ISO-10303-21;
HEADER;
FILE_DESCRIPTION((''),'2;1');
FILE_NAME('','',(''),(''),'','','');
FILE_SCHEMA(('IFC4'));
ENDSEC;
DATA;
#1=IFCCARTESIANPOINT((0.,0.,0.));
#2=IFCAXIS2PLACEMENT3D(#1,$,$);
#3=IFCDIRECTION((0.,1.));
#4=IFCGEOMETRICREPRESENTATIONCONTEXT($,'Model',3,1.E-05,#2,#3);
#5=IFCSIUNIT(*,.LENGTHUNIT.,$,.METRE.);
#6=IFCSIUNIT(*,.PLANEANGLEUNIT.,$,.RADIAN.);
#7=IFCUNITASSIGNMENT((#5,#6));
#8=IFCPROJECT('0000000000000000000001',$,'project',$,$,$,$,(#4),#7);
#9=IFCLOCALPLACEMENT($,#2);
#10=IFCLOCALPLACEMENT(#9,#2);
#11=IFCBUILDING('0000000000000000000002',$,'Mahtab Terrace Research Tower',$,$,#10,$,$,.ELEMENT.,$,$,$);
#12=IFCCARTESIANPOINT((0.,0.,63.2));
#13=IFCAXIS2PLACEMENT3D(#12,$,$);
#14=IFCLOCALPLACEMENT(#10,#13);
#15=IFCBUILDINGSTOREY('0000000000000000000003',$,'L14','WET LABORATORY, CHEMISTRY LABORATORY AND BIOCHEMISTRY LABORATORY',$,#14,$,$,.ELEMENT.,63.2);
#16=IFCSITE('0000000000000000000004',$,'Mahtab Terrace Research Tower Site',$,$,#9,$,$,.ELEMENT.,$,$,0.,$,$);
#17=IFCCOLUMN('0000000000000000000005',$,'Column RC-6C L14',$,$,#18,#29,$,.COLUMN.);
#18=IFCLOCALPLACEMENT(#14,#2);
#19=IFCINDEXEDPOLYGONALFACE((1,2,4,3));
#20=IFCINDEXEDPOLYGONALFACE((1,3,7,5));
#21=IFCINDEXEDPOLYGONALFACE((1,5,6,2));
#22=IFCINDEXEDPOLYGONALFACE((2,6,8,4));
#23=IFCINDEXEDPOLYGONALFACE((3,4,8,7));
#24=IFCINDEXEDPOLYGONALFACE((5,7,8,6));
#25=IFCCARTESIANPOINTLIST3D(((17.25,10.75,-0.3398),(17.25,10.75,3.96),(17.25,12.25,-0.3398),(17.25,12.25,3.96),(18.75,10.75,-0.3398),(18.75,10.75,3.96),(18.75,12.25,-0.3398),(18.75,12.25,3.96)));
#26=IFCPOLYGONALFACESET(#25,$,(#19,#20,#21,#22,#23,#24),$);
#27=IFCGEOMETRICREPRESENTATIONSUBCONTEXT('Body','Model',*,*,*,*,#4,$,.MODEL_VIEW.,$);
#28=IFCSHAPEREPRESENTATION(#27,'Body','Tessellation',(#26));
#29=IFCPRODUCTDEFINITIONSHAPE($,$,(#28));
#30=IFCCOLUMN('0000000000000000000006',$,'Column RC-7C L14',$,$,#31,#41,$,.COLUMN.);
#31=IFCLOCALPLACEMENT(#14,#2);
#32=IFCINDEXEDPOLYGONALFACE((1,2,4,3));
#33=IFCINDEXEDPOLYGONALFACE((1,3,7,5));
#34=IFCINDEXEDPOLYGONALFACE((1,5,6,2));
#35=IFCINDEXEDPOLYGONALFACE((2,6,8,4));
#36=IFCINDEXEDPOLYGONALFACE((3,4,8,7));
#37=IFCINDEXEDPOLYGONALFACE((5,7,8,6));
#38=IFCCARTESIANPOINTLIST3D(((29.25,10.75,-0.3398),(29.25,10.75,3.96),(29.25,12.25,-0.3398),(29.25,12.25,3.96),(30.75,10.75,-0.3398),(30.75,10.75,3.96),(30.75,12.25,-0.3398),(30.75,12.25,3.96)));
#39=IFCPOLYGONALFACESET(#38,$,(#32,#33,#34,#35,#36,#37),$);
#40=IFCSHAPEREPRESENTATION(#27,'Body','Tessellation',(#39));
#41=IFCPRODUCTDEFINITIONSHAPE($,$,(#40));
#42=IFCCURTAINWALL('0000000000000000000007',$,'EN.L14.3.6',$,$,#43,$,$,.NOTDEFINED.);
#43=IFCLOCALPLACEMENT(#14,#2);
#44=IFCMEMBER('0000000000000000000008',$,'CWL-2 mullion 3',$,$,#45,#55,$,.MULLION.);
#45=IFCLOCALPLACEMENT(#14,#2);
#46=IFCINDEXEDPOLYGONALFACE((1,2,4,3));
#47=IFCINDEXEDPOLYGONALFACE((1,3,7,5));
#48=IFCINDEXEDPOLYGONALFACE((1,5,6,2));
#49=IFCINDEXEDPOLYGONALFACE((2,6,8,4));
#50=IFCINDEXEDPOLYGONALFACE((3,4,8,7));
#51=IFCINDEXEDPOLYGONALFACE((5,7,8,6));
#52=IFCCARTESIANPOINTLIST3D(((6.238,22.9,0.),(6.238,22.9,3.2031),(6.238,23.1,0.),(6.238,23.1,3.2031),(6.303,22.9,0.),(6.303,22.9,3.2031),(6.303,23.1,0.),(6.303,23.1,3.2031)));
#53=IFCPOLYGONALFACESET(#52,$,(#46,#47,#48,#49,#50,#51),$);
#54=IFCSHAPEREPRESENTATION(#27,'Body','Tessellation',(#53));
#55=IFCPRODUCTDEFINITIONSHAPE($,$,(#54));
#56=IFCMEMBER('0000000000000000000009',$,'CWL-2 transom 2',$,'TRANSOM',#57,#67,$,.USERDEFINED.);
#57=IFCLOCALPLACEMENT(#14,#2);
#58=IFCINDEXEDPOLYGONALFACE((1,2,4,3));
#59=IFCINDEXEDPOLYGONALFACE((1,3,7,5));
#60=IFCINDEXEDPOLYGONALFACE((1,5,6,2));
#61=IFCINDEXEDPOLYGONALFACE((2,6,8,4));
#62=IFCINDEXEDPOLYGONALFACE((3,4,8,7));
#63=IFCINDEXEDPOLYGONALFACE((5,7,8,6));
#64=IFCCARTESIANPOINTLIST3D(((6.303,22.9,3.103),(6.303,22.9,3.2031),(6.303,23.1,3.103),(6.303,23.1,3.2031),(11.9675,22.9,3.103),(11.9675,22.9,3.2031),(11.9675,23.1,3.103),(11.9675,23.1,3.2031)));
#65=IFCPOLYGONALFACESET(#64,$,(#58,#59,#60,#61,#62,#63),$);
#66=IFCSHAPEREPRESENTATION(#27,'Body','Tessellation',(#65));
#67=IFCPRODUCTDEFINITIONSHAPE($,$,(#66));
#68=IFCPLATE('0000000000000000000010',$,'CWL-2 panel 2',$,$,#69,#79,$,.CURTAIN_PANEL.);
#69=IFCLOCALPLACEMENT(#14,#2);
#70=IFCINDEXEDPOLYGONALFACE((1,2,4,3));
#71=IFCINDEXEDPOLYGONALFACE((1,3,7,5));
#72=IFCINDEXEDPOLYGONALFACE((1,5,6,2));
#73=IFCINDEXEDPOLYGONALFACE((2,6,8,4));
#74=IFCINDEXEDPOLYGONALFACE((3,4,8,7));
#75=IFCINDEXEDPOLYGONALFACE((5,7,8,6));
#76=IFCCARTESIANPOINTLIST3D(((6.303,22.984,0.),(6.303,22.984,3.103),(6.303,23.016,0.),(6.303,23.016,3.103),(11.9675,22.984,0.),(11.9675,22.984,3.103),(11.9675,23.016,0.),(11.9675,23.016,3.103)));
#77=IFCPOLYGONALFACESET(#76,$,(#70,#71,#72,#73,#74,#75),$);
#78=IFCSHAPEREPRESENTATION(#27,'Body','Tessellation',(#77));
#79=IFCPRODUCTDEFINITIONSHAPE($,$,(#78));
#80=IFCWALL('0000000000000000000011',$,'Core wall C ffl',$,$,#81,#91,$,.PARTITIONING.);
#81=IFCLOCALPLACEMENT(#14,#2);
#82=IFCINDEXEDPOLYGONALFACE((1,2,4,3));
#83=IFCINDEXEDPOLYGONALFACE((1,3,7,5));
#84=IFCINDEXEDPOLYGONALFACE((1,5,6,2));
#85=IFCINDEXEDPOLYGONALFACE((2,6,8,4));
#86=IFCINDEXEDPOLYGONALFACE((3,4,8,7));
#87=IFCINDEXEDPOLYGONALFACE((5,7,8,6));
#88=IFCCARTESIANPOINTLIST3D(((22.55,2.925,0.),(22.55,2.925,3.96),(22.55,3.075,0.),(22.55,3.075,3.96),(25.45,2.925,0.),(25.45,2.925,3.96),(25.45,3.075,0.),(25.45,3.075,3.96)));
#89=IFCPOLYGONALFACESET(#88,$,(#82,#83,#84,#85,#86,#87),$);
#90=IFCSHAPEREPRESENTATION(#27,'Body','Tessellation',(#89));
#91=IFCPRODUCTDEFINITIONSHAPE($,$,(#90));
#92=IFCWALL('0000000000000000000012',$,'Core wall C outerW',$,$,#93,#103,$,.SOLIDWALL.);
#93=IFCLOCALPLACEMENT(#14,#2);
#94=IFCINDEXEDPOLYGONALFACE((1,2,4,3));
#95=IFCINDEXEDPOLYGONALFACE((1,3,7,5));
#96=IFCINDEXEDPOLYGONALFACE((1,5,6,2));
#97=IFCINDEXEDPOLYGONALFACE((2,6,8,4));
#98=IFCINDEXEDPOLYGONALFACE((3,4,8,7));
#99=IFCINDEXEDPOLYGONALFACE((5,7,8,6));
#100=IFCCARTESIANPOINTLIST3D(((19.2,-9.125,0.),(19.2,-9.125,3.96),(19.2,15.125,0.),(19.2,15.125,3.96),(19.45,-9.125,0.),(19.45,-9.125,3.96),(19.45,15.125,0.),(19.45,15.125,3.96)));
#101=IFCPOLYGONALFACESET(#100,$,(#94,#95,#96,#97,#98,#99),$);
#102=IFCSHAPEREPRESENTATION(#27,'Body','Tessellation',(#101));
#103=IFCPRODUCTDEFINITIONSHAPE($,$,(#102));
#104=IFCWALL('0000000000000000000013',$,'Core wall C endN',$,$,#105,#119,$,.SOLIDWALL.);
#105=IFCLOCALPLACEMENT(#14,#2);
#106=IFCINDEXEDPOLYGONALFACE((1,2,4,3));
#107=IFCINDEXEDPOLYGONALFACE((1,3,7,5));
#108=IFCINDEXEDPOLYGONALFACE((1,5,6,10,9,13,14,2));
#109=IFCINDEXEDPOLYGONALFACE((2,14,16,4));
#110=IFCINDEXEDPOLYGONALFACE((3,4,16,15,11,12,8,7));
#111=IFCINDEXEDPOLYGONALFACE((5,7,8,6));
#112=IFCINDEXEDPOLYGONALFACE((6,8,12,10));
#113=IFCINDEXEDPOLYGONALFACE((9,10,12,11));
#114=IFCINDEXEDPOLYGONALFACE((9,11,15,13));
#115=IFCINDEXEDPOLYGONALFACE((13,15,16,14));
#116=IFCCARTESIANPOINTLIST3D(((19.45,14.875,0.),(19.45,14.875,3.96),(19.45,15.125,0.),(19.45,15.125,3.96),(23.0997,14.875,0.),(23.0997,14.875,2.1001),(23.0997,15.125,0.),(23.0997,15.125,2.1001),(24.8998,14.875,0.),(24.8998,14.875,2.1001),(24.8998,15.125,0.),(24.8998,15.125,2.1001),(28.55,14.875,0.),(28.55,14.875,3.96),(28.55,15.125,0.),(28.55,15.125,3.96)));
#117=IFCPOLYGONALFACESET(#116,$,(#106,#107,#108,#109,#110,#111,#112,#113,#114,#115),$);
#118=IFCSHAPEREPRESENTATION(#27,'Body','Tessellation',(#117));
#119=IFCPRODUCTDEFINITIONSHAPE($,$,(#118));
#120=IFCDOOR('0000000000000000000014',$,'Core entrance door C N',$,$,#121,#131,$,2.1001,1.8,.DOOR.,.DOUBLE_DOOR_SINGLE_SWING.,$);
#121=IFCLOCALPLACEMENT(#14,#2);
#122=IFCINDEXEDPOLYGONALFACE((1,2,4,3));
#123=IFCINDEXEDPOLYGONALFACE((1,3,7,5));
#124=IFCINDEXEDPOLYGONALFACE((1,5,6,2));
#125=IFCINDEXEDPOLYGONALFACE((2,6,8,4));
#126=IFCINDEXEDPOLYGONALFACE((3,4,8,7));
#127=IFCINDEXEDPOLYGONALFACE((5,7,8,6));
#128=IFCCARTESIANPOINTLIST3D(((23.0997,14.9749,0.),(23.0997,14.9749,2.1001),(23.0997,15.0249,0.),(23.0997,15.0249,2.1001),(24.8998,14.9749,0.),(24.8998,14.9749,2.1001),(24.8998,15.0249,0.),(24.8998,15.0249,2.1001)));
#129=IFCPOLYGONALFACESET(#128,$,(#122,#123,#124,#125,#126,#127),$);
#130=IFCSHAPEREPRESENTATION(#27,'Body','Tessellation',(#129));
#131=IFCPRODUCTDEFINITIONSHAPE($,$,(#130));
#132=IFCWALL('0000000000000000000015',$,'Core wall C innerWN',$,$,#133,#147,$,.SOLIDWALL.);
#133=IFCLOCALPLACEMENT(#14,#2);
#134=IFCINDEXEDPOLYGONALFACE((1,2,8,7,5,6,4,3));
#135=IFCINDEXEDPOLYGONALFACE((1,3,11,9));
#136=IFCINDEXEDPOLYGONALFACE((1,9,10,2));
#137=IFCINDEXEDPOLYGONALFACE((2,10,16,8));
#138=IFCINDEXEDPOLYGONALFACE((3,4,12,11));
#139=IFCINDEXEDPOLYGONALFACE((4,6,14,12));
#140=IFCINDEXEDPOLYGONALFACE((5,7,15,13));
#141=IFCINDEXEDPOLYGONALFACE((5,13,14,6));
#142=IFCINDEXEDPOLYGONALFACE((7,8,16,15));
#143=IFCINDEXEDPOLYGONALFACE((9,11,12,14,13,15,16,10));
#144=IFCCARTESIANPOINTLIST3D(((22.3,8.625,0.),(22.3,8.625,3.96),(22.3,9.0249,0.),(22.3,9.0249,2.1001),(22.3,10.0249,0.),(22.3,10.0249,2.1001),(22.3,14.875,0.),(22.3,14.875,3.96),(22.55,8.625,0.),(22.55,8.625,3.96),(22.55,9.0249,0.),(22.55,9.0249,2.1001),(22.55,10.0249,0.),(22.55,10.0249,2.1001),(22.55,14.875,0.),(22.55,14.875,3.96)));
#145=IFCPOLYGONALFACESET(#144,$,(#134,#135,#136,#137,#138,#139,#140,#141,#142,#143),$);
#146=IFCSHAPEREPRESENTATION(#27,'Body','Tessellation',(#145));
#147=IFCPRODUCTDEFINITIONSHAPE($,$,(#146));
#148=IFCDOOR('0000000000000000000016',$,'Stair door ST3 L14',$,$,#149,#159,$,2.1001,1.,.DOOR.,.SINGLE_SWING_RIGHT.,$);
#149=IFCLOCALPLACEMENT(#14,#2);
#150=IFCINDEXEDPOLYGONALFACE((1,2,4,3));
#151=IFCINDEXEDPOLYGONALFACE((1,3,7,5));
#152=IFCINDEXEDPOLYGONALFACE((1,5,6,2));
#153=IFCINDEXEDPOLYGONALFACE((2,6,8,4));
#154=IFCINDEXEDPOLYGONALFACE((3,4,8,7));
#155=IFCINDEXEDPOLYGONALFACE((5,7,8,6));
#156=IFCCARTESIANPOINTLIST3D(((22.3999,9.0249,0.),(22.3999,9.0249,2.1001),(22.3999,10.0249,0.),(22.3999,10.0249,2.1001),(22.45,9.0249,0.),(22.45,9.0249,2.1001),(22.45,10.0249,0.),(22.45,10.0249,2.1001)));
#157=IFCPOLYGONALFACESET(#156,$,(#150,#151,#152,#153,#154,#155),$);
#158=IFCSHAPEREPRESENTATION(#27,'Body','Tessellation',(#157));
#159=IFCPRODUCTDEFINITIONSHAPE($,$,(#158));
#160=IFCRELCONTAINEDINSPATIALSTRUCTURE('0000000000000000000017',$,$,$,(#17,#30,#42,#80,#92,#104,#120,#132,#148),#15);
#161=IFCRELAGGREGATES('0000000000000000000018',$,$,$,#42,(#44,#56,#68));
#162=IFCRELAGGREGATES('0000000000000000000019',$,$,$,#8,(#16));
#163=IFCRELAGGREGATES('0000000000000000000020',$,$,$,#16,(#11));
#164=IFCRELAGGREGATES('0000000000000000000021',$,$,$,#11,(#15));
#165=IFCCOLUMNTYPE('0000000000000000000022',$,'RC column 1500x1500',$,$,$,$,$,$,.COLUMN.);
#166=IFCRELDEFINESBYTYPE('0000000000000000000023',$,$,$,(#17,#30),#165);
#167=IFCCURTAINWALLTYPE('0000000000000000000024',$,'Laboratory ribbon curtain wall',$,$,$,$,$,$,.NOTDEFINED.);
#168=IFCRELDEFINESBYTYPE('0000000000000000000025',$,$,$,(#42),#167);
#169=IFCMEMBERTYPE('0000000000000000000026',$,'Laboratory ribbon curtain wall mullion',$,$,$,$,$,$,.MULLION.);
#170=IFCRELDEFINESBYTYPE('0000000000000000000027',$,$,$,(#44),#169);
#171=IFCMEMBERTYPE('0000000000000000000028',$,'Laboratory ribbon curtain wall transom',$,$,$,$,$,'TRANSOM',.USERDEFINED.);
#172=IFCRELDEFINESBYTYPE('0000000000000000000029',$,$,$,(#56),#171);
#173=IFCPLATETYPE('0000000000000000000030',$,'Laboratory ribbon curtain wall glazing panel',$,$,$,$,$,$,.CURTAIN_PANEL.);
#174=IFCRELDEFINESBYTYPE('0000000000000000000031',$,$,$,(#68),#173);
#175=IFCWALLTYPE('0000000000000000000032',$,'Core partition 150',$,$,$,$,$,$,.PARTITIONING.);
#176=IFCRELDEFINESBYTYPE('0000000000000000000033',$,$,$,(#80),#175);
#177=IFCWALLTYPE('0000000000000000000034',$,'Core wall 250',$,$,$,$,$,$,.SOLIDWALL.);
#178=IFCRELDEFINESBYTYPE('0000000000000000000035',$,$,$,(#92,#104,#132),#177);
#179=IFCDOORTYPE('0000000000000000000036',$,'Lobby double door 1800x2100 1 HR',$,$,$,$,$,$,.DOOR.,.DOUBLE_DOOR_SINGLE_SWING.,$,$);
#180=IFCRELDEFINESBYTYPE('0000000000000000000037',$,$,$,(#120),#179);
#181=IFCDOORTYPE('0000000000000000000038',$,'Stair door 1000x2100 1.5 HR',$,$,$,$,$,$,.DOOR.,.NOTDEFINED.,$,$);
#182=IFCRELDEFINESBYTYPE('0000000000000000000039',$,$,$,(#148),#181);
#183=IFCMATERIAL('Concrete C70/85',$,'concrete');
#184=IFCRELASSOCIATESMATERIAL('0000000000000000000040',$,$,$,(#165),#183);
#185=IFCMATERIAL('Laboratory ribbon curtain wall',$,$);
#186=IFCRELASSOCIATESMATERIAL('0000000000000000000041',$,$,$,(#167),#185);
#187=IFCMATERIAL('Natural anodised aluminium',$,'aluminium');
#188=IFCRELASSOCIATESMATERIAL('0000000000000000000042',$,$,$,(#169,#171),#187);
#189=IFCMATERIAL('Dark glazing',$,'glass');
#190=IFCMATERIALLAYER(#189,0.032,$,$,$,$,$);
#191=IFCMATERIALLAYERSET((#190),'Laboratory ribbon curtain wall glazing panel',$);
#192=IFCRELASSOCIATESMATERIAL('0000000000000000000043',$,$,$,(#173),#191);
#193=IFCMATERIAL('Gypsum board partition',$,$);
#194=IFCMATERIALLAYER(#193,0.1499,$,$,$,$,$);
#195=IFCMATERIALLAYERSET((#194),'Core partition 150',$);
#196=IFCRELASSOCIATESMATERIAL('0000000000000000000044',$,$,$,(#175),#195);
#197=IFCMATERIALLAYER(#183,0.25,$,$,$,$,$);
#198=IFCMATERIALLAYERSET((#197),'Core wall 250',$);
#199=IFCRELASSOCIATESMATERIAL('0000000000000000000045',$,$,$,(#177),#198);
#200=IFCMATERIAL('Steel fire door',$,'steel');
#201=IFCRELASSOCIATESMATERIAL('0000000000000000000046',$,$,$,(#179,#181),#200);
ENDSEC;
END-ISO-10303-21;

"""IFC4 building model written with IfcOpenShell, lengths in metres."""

from ifc_helpers import new_model, si_unit, direction, frame, frame_2d, origin, origin_2d, place, context, subcontext, project, spatial, rectangle, extrude, material, layer, layer_set, material_profile, profile_set, type_object, element, fill, aggregate, save


model = new_model("IFC4")

# Units and contexts
model_context = context("Model", 3, precision=1e-05, world=origin(), true_north=direction((0.0, 1.0)))
body_context = subcontext(model_context, "Body", "Model", "MODEL_VIEW")
ifc_project = project(units=[si_unit("LENGTHUNIT", "METRE"), si_unit("PLANEANGLEUNIT", "RADIAN")], contexts=[model_context])

# Site, building, storey
site_placement = place(None, origin())
site = spatial("IfcSite", under=ifc_project, at=site_placement, Name="Mahtab Terrace Research Tower Site", CompositionType="ELEMENT", RefElevation=0.0)
building_placement = place(site_placement, origin())
building = spatial("IfcBuilding", under=site, at=building_placement, Name="Mahtab Terrace Research Tower", CompositionType="ELEMENT")
storey_placement = place(building_placement, frame((0.0, 0.0, 63.2)))
storey = spatial("IfcBuildingStorey", under=building, at=storey_placement, Name="L14", Description="WET LABORATORY, CHEMISTRY LABORATORY AND BIOCHEMISTRY LABORATORY", CompositionType="ELEMENT", Elevation=63.2)

# Columns
ifc_material_1 = material(Name="Concrete C70/85", Category="concrete")
ifc_material_profile_1 = material_profile(ifc_material_1, rectangle(XDim=1.5, YDim=1.5, at=origin_2d()), Name="RC column 1500x1500")
ifc_profile_set_1 = profile_set([ifc_material_profile_1], Name="Concrete C70/85")
column_type = type_object("IfcColumnType", Name="RC column 1500x1500", PredefinedType="COLUMN", material=ifc_profile_set_1)
for number, where, z_axis, x_axis, name in (
    (1, (18.0, 11.5, -0.3398), (0.0, 0.0, 1.0), (1.0, 0.0, 0.0), "Column RC-6C L14"),
    (2, (30.0, 11.5, -0.3398), (0.0, 0.0, 1.0), (1.0, 0.0, 0.0), "Column RC-7C L14"),
):
    element("IfcColumn", number, at=place(storey_placement, frame(where, z_axis=z_axis, x_axis=x_axis)), inside=storey, type_object=column_type, Name=name, PredefinedType="COLUMN", context=body_context, shape_type="SweptSolid", body=[
        extrude(rectangle(XDim=1.5, YDim=1.5, at=origin_2d()), origin(), (0.0, 0.0, 1.0), 4.2998),
    ])

# Curtain wall, members, plate
ifc_material_2 = material(Name="Laboratory ribbon curtain wall")
curtain_wall_type = type_object("IfcCurtainWallType", Name="Laboratory ribbon curtain wall", PredefinedType="NOTDEFINED", material=ifc_material_2)
curtain_wall_placement = place(storey_placement, origin())
curtain_wall = element("IfcCurtainWall", 3, at=curtain_wall_placement, inside=storey, type_object=curtain_wall_type, Name="EN.L14.3.6", PredefinedType="NOTDEFINED")
ifc_material_3 = material(Name="Natural anodised aluminium", Category="aluminium")
ifc_material_profile_2 = material_profile(ifc_material_3, rectangle(XDim=0.2, YDim=0.0649, at=origin_2d()), Name="MULLION 65x200")
ifc_profile_set_2 = profile_set([ifc_material_profile_2], Name="Natural anodised aluminium")
member_type_1 = type_object("IfcMemberType", Name="Laboratory ribbon curtain wall mullion", PredefinedType="MULLION", material=ifc_profile_set_2)
member_1_placement = place(storey_placement, frame((6.2705, 23.0, 0.0), z_axis=(0.0, 0.0, 1.0), x_axis=(0.0, -1.0, 0.0)))
member_1 = element("IfcMember", 4, at=member_1_placement, type_object=member_type_1, Name="CWL-2 mullion 3", PredefinedType="MULLION", context=body_context, shape_type="SweptSolid", body=[
    extrude(rectangle(XDim=0.2, YDim=0.0649, at=origin_2d()), origin(), (0.0, 0.0, 1.0), 3.2031),
])
ifc_material_profile_3 = material_profile(ifc_material_3, rectangle(XDim=0.2, YDim=0.1001, at=origin_2d()), Name="TRANSOM 100x200")
ifc_profile_set_3 = profile_set([ifc_material_profile_3], Name="Natural anodised aluminium")
member_type_2 = type_object("IfcMemberType", Name="Laboratory ribbon curtain wall transom", ElementType="TRANSOM", PredefinedType="USERDEFINED", material=ifc_profile_set_3)
member_2_placement = place(storey_placement, frame((11.9675, 23.0, 3.1531), z_axis=(-1.0, 0.0, 0.0), x_axis=(0.0, -1.0, 0.0)))
member_2 = element("IfcMember", 5, at=member_2_placement, type_object=member_type_2, Name="CWL-2 transom 2", ObjectType="TRANSOM", PredefinedType="USERDEFINED", context=body_context, shape_type="SweptSolid", body=[
    extrude(rectangle(XDim=0.2, YDim=0.1001, at=origin_2d()), origin(), (0.0, 0.0, 1.0), 5.6646),
])
ifc_material_4 = material(Name="Dark glazing", Category="glass")
ifc_layer_1 = layer(ifc_material_4, 0.032)
ifc_layer_set_1 = layer_set([ifc_layer_1], Name="Laboratory ribbon curtain wall glazing panel")
plate_type = type_object("IfcPlateType", Name="Laboratory ribbon curtain wall glazing panel", PredefinedType="CURTAIN_PANEL", material=ifc_layer_set_1)
plate_placement = place(storey_placement, frame((9.1353, 23.0, 0.0), z_axis=(0.0, 0.0, 1.0), x_axis=(-1.0, 0.0, 0.0)))
plate = element("IfcPlate", 6, at=plate_placement, type_object=plate_type, Name="CWL-2 panel 2", PredefinedType="CURTAIN_PANEL", context=body_context, shape_type="SweptSolid", body=[
    extrude(rectangle(XDim=5.6646, YDim=0.032, at=origin_2d()), origin(), (0.0, 0.0, 1.0), 3.103),
])
aggregate(curtain_wall, [member_1, member_2, plate])

# Walls
ifc_material_5 = material(Name="Gypsum board partition")
ifc_layer_2 = layer(ifc_material_5, 0.1499)
ifc_layer_set_2 = layer_set([ifc_layer_2], Name="Core partition 150")
wall_type_1 = type_object("IfcWallType", Name="Core partition 150", PredefinedType="PARTITIONING", material=ifc_layer_set_2)
wall_1_placement = place(storey_placement, frame((22.55, 3.0, 0.0), z_axis=(0.0, 0.0, 1.0), x_axis=(1.0, 0.0, 0.0)))
element("IfcWall", 7, at=wall_1_placement, inside=storey, type_object=wall_type_1, Name="Core wall C ffl", PredefinedType="PARTITIONING", context=body_context, shape_type="SweptSolid", body=[
    extrude(rectangle(XDim=2.8999, YDim=0.1499, at=frame_2d((1.45, 0.0))), origin(), (0.0, 0.0, 1.0), 3.96),
])
ifc_layer_3 = layer(ifc_material_1, 0.25)
ifc_layer_set_3 = layer_set([ifc_layer_3], Name="Core wall 250")
wall_type_2 = type_object("IfcWallType", Name="Core wall 250", PredefinedType="SOLIDWALL", material=ifc_layer_set_3)
wall_2_placement = place(storey_placement, frame((19.325, 15.125, 0.0), z_axis=(0.0, 0.0, 1.0), x_axis=(0.0, -1.0, 0.0)))
element("IfcWall", 8, at=wall_2_placement, inside=storey, type_object=wall_type_2, Name="Core wall C outerW", PredefinedType="SOLIDWALL", context=body_context, shape_type="SweptSolid", body=[
    extrude(rectangle(XDim=24.25, YDim=0.25, at=frame_2d((12.125, 0.0))), origin(), (0.0, 0.0, 1.0), 3.96),
])

# Walls, openings, doors
wall_3_placement = place(storey_placement, frame((19.45, 15.0, 0.0), z_axis=(0.0, 0.0, 1.0), x_axis=(1.0, 0.0, 0.0)))
wall_3 = element("IfcWall", 9, at=wall_3_placement, inside=storey, type_object=wall_type_2, Name="Core wall C endN", PredefinedType="SOLIDWALL", context=body_context, shape_type="SweptSolid", body=[
    extrude(rectangle(XDim=9.1001, YDim=0.25, at=frame_2d((4.55, 0.0))), origin(), (0.0, 0.0, 1.0), 3.96),
])
opening_1_placement = place(wall_3_placement, frame((3.6499, 0.0, 0.0)))
opening_1 = element("IfcOpeningElement", 10, at=opening_1_placement, cuts=wall_3, PredefinedType="OPENING", context=body_context, shape_type="SweptSolid", body=[
    extrude(rectangle(XDim=1.8, YDim=2.1001, at=frame_2d((0.8999, 1.05))), frame((0.0, 0.135, 0.0), z_axis=(0.0, -1.0, 0.0), x_axis=(1.0, 0.0, 0.0)), (0.0, 0.0, 1.0), 0.27),
])
ifc_material_6 = material(Name="Steel fire door", Category="steel")
door_type_1 = type_object("IfcDoorType", Name="Lobby double door 1800x2100 1 HR", OperationType="DOUBLE_DOOR_SINGLE_SWING", PredefinedType="DOOR", material=ifc_material_6)
door_1_placement = place(opening_1_placement, origin())
door_1 = element("IfcDoor", 11, at=door_1_placement, inside=storey, type_object=door_type_1, Name="Core entrance door C N", OperationType="DOUBLE_DOOR_SINGLE_SWING", OverallHeight=2.1001, OverallWidth=1.8, PredefinedType="DOOR", context=body_context, shape_type="SweptSolid", body=[
    extrude(rectangle(XDim=1.8, YDim=2.1001, at=frame_2d((0.8999, 1.05))), frame((0.0, 0.0249, 0.0), z_axis=(0.0, -1.0, 0.0), x_axis=(1.0, 0.0, 0.0)), (0.0, 0.0, 1.0), 0.05),
])
fill(opening_1, door_1)
wall_4_placement = place(storey_placement, frame((22.425, 14.875, 0.0), z_axis=(0.0, 0.0, 1.0), x_axis=(0.0, -1.0, 0.0)))
wall_4 = element("IfcWall", 12, at=wall_4_placement, inside=storey, type_object=wall_type_2, Name="Core wall C innerWN", PredefinedType="SOLIDWALL", context=body_context, shape_type="SweptSolid", body=[
    extrude(rectangle(XDim=6.25, YDim=0.25, at=frame_2d((3.125, 0.0))), origin(), (0.0, 0.0, 1.0), 3.96),
])
opening_2_placement = place(wall_4_placement, frame((4.8501, 0.0, 0.0)))
opening_2 = element("IfcOpeningElement", 13, at=opening_2_placement, cuts=wall_4, PredefinedType="OPENING", context=body_context, shape_type="SweptSolid", body=[
    extrude(rectangle(XDim=1.0, YDim=2.1001, at=frame_2d((0.5, 1.05))), frame((0.0, 0.135, 0.0), z_axis=(0.0, -1.0, 0.0), x_axis=(1.0, 0.0, 0.0)), (0.0, 0.0, 1.0), 0.27),
])
door_type_2 = type_object("IfcDoorType", Name="Stair door 1000x2100 1.5 HR", OperationType="NOTDEFINED", PredefinedType="DOOR", material=ifc_material_6)
door_2_placement = place(opening_2_placement, origin())
door_2 = element("IfcDoor", 14, at=door_2_placement, inside=storey, type_object=door_type_2, Name="Stair door ST3 L14", OperationType="SINGLE_SWING_RIGHT", OverallHeight=2.1001, OverallWidth=1.0, PredefinedType="DOOR", context=body_context, shape_type="SweptSolid", body=[
    extrude(rectangle(XDim=1.0, YDim=2.1001, at=frame_2d((0.5, 1.05))), frame((0.0, 0.0249, 0.0), z_axis=(0.0, -1.0, 0.0), x_axis=(1.0, 0.0, 0.0)), (0.0, 0.0, 1.0), 0.05),
])
fill(opening_2, door_2)

save(model, "model.ifc")
